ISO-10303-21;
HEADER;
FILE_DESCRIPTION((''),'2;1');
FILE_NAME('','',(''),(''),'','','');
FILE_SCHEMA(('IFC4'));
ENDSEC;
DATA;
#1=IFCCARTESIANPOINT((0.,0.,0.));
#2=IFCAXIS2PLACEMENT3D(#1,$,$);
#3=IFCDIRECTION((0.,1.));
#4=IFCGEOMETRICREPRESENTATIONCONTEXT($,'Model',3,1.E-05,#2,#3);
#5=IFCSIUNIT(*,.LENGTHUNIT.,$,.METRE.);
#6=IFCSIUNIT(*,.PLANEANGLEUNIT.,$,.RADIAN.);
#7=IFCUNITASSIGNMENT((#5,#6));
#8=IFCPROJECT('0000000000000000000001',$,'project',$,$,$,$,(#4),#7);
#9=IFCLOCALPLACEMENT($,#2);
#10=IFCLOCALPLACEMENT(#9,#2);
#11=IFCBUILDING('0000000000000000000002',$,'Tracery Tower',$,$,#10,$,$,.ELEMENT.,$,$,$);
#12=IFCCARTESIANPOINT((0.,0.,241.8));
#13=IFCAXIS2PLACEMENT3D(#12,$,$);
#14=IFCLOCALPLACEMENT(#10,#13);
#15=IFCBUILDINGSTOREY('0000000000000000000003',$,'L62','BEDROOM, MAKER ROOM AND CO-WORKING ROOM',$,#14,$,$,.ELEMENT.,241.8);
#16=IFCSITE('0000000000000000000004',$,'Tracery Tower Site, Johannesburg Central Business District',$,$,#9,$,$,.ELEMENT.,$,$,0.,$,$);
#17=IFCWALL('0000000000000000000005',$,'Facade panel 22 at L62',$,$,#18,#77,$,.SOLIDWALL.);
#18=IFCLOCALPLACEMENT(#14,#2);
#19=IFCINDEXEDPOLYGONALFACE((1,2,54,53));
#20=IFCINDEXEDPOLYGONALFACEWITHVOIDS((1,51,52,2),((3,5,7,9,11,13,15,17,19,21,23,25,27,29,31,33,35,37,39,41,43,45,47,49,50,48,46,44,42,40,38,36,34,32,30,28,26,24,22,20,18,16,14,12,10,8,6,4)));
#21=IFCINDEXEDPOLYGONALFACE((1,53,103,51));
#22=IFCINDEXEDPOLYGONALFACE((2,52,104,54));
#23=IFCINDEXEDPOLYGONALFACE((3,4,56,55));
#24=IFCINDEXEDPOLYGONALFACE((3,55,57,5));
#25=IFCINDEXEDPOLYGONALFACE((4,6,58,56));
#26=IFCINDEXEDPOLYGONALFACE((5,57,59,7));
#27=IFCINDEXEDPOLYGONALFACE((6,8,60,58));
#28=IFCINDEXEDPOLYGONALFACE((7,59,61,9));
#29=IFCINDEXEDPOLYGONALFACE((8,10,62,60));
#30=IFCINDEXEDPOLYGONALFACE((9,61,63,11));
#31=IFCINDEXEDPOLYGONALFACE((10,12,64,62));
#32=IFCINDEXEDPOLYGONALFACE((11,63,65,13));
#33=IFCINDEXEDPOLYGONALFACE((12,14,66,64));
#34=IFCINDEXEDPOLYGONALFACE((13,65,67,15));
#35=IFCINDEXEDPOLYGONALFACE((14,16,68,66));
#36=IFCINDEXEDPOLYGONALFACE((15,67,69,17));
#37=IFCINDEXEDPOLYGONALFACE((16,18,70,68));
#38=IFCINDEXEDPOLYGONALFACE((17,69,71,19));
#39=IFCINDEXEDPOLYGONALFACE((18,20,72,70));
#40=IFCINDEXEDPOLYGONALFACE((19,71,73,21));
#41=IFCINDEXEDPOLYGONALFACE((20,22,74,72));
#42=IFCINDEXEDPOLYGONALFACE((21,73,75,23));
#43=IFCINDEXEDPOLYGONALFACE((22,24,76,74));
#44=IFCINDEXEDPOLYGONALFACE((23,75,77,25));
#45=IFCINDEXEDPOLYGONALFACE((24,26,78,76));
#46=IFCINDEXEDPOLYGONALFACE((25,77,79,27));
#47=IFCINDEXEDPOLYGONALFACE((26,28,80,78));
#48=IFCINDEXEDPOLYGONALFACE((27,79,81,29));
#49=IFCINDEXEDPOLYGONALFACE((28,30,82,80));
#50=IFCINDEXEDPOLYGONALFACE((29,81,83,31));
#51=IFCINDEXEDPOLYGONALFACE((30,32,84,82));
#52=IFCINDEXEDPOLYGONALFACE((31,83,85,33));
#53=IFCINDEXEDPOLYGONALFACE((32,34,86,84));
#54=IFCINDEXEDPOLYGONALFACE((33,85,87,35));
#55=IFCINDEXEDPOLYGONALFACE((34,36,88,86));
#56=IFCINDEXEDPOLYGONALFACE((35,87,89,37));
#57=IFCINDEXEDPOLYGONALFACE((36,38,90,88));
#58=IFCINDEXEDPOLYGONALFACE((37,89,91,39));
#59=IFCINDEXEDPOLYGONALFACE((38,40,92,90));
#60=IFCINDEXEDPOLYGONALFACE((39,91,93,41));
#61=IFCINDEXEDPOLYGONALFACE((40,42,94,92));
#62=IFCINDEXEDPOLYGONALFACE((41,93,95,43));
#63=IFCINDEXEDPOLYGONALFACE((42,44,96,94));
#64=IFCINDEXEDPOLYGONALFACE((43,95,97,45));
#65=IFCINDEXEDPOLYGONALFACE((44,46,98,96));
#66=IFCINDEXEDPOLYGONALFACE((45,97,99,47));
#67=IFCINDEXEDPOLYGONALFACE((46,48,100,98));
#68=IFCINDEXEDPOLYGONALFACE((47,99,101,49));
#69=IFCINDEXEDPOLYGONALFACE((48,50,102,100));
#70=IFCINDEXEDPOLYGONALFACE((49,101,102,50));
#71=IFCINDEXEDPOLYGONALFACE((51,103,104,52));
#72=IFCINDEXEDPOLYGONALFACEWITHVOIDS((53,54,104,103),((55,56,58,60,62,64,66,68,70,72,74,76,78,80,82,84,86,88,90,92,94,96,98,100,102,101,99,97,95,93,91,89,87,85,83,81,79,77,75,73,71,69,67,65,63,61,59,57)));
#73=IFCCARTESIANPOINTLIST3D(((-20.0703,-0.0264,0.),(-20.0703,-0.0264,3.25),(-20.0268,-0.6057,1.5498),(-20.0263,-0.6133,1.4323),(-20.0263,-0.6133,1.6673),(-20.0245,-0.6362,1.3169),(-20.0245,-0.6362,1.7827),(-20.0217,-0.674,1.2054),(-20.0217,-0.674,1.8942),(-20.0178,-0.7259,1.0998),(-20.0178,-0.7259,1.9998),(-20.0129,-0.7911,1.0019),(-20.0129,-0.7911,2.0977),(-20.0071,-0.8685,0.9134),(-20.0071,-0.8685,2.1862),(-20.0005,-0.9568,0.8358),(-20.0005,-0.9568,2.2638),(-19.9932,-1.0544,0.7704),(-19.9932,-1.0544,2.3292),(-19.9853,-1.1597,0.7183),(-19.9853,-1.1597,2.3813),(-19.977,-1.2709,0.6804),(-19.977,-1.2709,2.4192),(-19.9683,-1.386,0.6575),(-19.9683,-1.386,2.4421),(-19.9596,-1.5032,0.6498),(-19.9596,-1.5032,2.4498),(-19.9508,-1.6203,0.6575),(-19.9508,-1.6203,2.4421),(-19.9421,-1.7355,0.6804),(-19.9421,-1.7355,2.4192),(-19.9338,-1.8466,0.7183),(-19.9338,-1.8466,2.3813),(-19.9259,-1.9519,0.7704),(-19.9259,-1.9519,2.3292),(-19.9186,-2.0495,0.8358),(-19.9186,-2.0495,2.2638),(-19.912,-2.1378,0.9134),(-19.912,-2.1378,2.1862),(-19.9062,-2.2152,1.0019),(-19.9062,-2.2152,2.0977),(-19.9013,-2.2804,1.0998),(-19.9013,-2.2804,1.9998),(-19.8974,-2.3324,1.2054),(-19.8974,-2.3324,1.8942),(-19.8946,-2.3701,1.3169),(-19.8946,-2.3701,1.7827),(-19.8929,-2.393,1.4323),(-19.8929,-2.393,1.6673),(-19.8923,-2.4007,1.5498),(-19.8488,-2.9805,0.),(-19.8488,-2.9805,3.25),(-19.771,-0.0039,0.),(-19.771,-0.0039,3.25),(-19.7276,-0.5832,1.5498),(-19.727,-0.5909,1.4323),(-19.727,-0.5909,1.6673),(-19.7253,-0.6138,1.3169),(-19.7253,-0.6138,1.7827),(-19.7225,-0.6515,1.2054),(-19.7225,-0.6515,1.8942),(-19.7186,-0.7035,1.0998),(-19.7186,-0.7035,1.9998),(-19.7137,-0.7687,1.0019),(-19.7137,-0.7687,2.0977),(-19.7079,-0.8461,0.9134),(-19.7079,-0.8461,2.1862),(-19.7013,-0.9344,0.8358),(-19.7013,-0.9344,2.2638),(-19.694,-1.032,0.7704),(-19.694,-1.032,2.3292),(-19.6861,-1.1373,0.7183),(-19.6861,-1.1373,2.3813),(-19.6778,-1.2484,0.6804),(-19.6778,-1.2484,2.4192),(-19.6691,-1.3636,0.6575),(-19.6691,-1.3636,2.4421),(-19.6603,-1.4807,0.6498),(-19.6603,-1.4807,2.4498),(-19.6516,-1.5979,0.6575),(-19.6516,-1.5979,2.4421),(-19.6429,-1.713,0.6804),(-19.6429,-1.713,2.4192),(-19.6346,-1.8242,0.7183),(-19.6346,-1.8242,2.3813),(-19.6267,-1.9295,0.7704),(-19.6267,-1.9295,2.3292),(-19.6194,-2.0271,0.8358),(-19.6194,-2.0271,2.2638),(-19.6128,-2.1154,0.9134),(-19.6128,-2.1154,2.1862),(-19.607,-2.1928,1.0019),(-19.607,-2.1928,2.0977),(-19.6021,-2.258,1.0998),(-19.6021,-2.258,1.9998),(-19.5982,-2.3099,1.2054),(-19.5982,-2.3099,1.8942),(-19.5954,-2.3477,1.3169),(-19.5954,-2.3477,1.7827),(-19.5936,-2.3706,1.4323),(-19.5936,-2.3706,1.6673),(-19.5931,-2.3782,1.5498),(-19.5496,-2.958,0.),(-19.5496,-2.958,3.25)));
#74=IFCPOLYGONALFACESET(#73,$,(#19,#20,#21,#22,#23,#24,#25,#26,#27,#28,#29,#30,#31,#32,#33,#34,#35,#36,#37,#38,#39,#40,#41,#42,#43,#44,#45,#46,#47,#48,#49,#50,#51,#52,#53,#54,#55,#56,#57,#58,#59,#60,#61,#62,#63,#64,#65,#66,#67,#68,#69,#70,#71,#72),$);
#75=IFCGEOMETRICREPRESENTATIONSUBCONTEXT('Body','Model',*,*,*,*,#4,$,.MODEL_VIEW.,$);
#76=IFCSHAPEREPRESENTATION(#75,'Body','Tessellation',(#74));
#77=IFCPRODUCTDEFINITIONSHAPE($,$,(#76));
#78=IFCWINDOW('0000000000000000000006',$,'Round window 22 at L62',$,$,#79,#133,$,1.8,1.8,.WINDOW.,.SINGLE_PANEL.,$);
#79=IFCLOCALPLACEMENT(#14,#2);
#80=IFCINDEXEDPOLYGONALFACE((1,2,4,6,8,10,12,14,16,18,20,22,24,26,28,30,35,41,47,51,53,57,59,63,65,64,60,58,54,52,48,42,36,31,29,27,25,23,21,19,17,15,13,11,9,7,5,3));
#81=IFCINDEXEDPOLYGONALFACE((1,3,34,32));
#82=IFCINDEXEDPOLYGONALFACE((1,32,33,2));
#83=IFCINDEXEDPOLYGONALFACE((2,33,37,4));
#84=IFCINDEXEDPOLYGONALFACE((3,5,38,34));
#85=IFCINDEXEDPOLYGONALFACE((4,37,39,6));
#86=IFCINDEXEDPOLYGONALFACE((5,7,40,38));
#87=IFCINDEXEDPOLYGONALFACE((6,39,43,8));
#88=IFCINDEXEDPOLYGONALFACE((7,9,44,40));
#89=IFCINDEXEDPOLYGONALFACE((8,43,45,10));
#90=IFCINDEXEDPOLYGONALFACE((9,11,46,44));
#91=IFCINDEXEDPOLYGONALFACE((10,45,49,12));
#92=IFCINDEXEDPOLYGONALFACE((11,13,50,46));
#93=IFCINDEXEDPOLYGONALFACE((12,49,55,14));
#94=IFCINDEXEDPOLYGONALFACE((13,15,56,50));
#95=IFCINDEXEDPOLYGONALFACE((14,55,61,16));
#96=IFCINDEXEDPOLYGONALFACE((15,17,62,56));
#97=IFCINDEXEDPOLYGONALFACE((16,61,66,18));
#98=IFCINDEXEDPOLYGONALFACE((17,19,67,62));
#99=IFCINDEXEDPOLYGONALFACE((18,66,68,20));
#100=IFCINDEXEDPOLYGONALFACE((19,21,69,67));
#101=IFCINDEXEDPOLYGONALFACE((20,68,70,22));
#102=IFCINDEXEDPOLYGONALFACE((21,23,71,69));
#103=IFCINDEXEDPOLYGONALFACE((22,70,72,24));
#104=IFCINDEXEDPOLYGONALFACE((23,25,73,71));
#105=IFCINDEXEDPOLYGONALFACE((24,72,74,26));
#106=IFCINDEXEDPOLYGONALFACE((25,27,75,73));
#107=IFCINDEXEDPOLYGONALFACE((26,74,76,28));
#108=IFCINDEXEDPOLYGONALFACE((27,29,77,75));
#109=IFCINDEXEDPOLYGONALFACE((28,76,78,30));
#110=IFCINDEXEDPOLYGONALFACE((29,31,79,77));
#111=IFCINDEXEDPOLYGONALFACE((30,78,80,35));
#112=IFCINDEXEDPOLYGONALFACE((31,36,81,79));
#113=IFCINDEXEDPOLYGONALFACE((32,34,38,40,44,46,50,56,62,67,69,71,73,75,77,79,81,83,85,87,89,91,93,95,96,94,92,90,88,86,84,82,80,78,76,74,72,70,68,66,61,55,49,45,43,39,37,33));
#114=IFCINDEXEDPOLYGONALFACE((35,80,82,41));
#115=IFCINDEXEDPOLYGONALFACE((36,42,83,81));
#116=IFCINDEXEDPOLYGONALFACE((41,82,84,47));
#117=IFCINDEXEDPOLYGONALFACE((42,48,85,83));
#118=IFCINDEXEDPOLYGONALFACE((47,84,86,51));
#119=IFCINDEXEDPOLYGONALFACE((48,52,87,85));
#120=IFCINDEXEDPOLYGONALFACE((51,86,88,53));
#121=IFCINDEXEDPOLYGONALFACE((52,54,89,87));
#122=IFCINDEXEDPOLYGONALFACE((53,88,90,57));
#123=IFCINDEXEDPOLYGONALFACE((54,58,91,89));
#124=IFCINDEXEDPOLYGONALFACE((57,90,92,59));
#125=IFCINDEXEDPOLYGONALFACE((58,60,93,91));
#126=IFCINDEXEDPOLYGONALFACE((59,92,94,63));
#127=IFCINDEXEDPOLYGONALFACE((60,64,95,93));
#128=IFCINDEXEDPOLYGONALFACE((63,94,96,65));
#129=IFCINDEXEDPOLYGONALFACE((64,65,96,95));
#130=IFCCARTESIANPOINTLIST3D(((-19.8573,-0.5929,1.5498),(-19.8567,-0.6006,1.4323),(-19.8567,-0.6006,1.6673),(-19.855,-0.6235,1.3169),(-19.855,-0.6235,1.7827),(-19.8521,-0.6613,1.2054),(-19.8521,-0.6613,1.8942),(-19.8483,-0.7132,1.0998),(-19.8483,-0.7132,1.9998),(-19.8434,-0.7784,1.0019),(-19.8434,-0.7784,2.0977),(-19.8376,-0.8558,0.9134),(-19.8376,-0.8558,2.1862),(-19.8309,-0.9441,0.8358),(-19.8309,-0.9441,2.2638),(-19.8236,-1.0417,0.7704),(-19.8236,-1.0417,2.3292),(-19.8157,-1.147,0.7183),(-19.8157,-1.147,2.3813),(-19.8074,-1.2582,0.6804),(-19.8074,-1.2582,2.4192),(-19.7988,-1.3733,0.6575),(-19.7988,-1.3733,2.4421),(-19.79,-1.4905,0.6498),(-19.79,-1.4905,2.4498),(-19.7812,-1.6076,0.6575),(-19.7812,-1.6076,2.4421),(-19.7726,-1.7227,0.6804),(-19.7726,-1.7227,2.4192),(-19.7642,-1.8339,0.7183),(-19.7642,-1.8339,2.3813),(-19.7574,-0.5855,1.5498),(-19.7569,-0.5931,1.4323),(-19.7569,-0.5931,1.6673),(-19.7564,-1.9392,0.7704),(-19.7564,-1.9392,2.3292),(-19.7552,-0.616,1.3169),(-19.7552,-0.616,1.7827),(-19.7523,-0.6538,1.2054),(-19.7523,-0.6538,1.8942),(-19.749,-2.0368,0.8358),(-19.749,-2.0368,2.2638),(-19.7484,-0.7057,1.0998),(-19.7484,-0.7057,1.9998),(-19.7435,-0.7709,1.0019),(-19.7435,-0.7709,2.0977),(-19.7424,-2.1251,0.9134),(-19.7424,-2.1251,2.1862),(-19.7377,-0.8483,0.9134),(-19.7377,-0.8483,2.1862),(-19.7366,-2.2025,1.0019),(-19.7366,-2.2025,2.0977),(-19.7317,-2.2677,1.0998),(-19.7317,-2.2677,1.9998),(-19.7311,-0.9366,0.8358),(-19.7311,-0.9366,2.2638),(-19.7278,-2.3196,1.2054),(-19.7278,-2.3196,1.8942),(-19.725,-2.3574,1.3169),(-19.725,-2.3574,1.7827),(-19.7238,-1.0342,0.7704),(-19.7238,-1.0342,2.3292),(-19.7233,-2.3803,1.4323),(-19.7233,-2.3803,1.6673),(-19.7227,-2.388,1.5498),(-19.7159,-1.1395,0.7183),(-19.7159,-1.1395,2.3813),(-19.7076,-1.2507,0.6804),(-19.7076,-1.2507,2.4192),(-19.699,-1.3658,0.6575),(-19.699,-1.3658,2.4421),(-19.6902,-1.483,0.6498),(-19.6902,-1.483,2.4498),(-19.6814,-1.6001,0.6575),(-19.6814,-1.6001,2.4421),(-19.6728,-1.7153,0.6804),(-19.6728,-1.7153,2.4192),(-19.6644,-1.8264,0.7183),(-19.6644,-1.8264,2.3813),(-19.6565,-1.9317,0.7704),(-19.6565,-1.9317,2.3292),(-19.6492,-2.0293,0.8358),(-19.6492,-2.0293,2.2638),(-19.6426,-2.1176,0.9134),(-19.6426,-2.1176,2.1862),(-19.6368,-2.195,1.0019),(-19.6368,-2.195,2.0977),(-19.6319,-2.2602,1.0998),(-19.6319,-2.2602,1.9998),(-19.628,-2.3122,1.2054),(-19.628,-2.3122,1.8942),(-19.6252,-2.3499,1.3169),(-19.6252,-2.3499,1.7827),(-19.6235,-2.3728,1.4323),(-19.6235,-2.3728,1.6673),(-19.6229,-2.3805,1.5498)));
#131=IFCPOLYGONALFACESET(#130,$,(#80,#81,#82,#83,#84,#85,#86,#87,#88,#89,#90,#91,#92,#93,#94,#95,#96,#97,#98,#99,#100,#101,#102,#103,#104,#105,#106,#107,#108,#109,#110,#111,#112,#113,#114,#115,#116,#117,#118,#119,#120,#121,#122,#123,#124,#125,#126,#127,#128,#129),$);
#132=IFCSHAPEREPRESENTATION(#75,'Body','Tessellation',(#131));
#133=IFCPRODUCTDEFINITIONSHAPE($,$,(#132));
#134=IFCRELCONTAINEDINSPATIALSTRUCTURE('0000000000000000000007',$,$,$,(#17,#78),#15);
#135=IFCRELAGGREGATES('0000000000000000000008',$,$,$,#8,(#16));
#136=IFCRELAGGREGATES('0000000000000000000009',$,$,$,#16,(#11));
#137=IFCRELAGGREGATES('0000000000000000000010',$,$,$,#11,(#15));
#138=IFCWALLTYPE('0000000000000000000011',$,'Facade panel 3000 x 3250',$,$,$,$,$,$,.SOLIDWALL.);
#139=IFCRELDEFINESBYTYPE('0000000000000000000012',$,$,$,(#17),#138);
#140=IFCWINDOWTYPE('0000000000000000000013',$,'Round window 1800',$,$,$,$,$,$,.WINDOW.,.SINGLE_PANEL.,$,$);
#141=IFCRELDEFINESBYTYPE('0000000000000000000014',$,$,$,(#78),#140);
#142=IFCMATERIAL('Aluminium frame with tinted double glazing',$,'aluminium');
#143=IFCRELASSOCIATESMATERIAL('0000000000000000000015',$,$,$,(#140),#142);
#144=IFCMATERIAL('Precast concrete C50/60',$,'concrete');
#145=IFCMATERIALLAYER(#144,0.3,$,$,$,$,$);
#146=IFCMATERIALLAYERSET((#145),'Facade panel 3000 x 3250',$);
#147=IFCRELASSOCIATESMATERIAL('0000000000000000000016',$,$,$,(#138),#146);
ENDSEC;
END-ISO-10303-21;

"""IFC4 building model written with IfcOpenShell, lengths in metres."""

from ifc_helpers import new_model, si_unit, direction, frame, frame_2d, origin, origin_2d, place, context, subcontext, project, spatial, rectangle, circle, extrude, material, layer, layer_set, type_object, element, fill, save


model = new_model("IFC4")

# Units and contexts
model_context = context("Model", 3, precision=1e-05, world=origin(), true_north=direction((0.0, 1.0)))
body_context = subcontext(model_context, "Body", "Model", "MODEL_VIEW")
ifc_project = project(units=[si_unit("LENGTHUNIT", "METRE"), si_unit("PLANEANGLEUNIT", "RADIAN")], contexts=[model_context])

# Site, building, storey
site_placement = place(None, origin())
site = spatial("IfcSite", under=ifc_project, at=site_placement, Name="Tracery Tower Site, Johannesburg Central Business District", CompositionType="ELEMENT", RefElevation=0.0)
building_placement = place(site_placement, origin())
building = spatial("IfcBuilding", under=site, at=building_placement, Name="Tracery Tower", CompositionType="ELEMENT")
storey_placement = place(building_placement, frame((0.0, 0.0, 241.8)))
storey = spatial("IfcBuildingStorey", under=building, at=storey_placement, Name="L62", Description="BEDROOM, MAKER ROOM AND CO-WORKING ROOM", CompositionType="ELEMENT", Elevation=241.8)

# Wall, opening, window
ifc_material_1 = material(Name="Aluminium frame with tinted double glazing", Category="aluminium")
window_type = type_object("IfcWindowType", Name="Round window 1800", PartitioningType="SINGLE_PANEL", PredefinedType="WINDOW", material=ifc_material_1)
ifc_material_2 = material(Name="Precast concrete C50/60", Category="concrete")
ifc_layer_1 = layer(ifc_material_2, 0.3)
ifc_layer_set_1 = layer_set([ifc_layer_1], Name="Facade panel 3000 x 3250")
wall_type_1 = type_object("IfcWallType", Name="Facade panel 3000 x 3250", PredefinedType="SOLIDWALL", material=ifc_layer_set_1)
wall_1_placement = place(storey_placement, frame((-19.9207, -0.0151, 0.0), z_axis=(0.0, 0.0, 1.0), x_axis=(0.074749, -0.997202, 0.0)))
wall_1 = element("IfcWall", 1, at=wall_1_placement, inside=storey, type_object=wall_type_1, Name="Facade panel 22 at L62", PredefinedType="SOLIDWALL", context=body_context, shape_type="SweptSolid", body=[
    extrude(rectangle(XDim=2.9624, YDim=0.3, at=frame_2d((1.4812, 0.0))), origin(), (0.0, 0.0, 1.0), 3.25),
])
opening_1_placement = place(wall_1_placement, frame((1.481, 0.0, 1.5498)))
opening_1 = element("IfcOpeningElement", 2, at=opening_1_placement, cuts=wall_1, PredefinedType="OPENING", context=body_context, shape_type="SweptSolid", body=[
    extrude(circle(Radius=0.9, at=origin_2d()), frame((0.0, 0.1599, 0.0), z_axis=(0.0, -1.0, 0.0), x_axis=(1.0, 0.0, 0.0)), (0.0, 0.0, 1.0), 0.3201),
])
window_1_placement = place(opening_1_placement, origin())
window_1 = element("IfcWindow", 3, at=window_1_placement, inside=storey, type_object=window_type, Name="Round window 22 at L62", OverallHeight=1.8, OverallWidth=1.8, PartitioningType="SINGLE_PANEL", PredefinedType="WINDOW", context=body_context, shape_type="SweptSolid", body=[
    extrude(circle(Radius=0.9, at=origin_2d()), frame((0.0, 0.1201, 0.0), z_axis=(0.0, -1.0, 0.0), x_axis=(1.0, 0.0, 0.0)), (0.0, 0.0, 1.0), 0.1001),
])
fill(opening_1, window_1)

save(model, "model.ifc")
